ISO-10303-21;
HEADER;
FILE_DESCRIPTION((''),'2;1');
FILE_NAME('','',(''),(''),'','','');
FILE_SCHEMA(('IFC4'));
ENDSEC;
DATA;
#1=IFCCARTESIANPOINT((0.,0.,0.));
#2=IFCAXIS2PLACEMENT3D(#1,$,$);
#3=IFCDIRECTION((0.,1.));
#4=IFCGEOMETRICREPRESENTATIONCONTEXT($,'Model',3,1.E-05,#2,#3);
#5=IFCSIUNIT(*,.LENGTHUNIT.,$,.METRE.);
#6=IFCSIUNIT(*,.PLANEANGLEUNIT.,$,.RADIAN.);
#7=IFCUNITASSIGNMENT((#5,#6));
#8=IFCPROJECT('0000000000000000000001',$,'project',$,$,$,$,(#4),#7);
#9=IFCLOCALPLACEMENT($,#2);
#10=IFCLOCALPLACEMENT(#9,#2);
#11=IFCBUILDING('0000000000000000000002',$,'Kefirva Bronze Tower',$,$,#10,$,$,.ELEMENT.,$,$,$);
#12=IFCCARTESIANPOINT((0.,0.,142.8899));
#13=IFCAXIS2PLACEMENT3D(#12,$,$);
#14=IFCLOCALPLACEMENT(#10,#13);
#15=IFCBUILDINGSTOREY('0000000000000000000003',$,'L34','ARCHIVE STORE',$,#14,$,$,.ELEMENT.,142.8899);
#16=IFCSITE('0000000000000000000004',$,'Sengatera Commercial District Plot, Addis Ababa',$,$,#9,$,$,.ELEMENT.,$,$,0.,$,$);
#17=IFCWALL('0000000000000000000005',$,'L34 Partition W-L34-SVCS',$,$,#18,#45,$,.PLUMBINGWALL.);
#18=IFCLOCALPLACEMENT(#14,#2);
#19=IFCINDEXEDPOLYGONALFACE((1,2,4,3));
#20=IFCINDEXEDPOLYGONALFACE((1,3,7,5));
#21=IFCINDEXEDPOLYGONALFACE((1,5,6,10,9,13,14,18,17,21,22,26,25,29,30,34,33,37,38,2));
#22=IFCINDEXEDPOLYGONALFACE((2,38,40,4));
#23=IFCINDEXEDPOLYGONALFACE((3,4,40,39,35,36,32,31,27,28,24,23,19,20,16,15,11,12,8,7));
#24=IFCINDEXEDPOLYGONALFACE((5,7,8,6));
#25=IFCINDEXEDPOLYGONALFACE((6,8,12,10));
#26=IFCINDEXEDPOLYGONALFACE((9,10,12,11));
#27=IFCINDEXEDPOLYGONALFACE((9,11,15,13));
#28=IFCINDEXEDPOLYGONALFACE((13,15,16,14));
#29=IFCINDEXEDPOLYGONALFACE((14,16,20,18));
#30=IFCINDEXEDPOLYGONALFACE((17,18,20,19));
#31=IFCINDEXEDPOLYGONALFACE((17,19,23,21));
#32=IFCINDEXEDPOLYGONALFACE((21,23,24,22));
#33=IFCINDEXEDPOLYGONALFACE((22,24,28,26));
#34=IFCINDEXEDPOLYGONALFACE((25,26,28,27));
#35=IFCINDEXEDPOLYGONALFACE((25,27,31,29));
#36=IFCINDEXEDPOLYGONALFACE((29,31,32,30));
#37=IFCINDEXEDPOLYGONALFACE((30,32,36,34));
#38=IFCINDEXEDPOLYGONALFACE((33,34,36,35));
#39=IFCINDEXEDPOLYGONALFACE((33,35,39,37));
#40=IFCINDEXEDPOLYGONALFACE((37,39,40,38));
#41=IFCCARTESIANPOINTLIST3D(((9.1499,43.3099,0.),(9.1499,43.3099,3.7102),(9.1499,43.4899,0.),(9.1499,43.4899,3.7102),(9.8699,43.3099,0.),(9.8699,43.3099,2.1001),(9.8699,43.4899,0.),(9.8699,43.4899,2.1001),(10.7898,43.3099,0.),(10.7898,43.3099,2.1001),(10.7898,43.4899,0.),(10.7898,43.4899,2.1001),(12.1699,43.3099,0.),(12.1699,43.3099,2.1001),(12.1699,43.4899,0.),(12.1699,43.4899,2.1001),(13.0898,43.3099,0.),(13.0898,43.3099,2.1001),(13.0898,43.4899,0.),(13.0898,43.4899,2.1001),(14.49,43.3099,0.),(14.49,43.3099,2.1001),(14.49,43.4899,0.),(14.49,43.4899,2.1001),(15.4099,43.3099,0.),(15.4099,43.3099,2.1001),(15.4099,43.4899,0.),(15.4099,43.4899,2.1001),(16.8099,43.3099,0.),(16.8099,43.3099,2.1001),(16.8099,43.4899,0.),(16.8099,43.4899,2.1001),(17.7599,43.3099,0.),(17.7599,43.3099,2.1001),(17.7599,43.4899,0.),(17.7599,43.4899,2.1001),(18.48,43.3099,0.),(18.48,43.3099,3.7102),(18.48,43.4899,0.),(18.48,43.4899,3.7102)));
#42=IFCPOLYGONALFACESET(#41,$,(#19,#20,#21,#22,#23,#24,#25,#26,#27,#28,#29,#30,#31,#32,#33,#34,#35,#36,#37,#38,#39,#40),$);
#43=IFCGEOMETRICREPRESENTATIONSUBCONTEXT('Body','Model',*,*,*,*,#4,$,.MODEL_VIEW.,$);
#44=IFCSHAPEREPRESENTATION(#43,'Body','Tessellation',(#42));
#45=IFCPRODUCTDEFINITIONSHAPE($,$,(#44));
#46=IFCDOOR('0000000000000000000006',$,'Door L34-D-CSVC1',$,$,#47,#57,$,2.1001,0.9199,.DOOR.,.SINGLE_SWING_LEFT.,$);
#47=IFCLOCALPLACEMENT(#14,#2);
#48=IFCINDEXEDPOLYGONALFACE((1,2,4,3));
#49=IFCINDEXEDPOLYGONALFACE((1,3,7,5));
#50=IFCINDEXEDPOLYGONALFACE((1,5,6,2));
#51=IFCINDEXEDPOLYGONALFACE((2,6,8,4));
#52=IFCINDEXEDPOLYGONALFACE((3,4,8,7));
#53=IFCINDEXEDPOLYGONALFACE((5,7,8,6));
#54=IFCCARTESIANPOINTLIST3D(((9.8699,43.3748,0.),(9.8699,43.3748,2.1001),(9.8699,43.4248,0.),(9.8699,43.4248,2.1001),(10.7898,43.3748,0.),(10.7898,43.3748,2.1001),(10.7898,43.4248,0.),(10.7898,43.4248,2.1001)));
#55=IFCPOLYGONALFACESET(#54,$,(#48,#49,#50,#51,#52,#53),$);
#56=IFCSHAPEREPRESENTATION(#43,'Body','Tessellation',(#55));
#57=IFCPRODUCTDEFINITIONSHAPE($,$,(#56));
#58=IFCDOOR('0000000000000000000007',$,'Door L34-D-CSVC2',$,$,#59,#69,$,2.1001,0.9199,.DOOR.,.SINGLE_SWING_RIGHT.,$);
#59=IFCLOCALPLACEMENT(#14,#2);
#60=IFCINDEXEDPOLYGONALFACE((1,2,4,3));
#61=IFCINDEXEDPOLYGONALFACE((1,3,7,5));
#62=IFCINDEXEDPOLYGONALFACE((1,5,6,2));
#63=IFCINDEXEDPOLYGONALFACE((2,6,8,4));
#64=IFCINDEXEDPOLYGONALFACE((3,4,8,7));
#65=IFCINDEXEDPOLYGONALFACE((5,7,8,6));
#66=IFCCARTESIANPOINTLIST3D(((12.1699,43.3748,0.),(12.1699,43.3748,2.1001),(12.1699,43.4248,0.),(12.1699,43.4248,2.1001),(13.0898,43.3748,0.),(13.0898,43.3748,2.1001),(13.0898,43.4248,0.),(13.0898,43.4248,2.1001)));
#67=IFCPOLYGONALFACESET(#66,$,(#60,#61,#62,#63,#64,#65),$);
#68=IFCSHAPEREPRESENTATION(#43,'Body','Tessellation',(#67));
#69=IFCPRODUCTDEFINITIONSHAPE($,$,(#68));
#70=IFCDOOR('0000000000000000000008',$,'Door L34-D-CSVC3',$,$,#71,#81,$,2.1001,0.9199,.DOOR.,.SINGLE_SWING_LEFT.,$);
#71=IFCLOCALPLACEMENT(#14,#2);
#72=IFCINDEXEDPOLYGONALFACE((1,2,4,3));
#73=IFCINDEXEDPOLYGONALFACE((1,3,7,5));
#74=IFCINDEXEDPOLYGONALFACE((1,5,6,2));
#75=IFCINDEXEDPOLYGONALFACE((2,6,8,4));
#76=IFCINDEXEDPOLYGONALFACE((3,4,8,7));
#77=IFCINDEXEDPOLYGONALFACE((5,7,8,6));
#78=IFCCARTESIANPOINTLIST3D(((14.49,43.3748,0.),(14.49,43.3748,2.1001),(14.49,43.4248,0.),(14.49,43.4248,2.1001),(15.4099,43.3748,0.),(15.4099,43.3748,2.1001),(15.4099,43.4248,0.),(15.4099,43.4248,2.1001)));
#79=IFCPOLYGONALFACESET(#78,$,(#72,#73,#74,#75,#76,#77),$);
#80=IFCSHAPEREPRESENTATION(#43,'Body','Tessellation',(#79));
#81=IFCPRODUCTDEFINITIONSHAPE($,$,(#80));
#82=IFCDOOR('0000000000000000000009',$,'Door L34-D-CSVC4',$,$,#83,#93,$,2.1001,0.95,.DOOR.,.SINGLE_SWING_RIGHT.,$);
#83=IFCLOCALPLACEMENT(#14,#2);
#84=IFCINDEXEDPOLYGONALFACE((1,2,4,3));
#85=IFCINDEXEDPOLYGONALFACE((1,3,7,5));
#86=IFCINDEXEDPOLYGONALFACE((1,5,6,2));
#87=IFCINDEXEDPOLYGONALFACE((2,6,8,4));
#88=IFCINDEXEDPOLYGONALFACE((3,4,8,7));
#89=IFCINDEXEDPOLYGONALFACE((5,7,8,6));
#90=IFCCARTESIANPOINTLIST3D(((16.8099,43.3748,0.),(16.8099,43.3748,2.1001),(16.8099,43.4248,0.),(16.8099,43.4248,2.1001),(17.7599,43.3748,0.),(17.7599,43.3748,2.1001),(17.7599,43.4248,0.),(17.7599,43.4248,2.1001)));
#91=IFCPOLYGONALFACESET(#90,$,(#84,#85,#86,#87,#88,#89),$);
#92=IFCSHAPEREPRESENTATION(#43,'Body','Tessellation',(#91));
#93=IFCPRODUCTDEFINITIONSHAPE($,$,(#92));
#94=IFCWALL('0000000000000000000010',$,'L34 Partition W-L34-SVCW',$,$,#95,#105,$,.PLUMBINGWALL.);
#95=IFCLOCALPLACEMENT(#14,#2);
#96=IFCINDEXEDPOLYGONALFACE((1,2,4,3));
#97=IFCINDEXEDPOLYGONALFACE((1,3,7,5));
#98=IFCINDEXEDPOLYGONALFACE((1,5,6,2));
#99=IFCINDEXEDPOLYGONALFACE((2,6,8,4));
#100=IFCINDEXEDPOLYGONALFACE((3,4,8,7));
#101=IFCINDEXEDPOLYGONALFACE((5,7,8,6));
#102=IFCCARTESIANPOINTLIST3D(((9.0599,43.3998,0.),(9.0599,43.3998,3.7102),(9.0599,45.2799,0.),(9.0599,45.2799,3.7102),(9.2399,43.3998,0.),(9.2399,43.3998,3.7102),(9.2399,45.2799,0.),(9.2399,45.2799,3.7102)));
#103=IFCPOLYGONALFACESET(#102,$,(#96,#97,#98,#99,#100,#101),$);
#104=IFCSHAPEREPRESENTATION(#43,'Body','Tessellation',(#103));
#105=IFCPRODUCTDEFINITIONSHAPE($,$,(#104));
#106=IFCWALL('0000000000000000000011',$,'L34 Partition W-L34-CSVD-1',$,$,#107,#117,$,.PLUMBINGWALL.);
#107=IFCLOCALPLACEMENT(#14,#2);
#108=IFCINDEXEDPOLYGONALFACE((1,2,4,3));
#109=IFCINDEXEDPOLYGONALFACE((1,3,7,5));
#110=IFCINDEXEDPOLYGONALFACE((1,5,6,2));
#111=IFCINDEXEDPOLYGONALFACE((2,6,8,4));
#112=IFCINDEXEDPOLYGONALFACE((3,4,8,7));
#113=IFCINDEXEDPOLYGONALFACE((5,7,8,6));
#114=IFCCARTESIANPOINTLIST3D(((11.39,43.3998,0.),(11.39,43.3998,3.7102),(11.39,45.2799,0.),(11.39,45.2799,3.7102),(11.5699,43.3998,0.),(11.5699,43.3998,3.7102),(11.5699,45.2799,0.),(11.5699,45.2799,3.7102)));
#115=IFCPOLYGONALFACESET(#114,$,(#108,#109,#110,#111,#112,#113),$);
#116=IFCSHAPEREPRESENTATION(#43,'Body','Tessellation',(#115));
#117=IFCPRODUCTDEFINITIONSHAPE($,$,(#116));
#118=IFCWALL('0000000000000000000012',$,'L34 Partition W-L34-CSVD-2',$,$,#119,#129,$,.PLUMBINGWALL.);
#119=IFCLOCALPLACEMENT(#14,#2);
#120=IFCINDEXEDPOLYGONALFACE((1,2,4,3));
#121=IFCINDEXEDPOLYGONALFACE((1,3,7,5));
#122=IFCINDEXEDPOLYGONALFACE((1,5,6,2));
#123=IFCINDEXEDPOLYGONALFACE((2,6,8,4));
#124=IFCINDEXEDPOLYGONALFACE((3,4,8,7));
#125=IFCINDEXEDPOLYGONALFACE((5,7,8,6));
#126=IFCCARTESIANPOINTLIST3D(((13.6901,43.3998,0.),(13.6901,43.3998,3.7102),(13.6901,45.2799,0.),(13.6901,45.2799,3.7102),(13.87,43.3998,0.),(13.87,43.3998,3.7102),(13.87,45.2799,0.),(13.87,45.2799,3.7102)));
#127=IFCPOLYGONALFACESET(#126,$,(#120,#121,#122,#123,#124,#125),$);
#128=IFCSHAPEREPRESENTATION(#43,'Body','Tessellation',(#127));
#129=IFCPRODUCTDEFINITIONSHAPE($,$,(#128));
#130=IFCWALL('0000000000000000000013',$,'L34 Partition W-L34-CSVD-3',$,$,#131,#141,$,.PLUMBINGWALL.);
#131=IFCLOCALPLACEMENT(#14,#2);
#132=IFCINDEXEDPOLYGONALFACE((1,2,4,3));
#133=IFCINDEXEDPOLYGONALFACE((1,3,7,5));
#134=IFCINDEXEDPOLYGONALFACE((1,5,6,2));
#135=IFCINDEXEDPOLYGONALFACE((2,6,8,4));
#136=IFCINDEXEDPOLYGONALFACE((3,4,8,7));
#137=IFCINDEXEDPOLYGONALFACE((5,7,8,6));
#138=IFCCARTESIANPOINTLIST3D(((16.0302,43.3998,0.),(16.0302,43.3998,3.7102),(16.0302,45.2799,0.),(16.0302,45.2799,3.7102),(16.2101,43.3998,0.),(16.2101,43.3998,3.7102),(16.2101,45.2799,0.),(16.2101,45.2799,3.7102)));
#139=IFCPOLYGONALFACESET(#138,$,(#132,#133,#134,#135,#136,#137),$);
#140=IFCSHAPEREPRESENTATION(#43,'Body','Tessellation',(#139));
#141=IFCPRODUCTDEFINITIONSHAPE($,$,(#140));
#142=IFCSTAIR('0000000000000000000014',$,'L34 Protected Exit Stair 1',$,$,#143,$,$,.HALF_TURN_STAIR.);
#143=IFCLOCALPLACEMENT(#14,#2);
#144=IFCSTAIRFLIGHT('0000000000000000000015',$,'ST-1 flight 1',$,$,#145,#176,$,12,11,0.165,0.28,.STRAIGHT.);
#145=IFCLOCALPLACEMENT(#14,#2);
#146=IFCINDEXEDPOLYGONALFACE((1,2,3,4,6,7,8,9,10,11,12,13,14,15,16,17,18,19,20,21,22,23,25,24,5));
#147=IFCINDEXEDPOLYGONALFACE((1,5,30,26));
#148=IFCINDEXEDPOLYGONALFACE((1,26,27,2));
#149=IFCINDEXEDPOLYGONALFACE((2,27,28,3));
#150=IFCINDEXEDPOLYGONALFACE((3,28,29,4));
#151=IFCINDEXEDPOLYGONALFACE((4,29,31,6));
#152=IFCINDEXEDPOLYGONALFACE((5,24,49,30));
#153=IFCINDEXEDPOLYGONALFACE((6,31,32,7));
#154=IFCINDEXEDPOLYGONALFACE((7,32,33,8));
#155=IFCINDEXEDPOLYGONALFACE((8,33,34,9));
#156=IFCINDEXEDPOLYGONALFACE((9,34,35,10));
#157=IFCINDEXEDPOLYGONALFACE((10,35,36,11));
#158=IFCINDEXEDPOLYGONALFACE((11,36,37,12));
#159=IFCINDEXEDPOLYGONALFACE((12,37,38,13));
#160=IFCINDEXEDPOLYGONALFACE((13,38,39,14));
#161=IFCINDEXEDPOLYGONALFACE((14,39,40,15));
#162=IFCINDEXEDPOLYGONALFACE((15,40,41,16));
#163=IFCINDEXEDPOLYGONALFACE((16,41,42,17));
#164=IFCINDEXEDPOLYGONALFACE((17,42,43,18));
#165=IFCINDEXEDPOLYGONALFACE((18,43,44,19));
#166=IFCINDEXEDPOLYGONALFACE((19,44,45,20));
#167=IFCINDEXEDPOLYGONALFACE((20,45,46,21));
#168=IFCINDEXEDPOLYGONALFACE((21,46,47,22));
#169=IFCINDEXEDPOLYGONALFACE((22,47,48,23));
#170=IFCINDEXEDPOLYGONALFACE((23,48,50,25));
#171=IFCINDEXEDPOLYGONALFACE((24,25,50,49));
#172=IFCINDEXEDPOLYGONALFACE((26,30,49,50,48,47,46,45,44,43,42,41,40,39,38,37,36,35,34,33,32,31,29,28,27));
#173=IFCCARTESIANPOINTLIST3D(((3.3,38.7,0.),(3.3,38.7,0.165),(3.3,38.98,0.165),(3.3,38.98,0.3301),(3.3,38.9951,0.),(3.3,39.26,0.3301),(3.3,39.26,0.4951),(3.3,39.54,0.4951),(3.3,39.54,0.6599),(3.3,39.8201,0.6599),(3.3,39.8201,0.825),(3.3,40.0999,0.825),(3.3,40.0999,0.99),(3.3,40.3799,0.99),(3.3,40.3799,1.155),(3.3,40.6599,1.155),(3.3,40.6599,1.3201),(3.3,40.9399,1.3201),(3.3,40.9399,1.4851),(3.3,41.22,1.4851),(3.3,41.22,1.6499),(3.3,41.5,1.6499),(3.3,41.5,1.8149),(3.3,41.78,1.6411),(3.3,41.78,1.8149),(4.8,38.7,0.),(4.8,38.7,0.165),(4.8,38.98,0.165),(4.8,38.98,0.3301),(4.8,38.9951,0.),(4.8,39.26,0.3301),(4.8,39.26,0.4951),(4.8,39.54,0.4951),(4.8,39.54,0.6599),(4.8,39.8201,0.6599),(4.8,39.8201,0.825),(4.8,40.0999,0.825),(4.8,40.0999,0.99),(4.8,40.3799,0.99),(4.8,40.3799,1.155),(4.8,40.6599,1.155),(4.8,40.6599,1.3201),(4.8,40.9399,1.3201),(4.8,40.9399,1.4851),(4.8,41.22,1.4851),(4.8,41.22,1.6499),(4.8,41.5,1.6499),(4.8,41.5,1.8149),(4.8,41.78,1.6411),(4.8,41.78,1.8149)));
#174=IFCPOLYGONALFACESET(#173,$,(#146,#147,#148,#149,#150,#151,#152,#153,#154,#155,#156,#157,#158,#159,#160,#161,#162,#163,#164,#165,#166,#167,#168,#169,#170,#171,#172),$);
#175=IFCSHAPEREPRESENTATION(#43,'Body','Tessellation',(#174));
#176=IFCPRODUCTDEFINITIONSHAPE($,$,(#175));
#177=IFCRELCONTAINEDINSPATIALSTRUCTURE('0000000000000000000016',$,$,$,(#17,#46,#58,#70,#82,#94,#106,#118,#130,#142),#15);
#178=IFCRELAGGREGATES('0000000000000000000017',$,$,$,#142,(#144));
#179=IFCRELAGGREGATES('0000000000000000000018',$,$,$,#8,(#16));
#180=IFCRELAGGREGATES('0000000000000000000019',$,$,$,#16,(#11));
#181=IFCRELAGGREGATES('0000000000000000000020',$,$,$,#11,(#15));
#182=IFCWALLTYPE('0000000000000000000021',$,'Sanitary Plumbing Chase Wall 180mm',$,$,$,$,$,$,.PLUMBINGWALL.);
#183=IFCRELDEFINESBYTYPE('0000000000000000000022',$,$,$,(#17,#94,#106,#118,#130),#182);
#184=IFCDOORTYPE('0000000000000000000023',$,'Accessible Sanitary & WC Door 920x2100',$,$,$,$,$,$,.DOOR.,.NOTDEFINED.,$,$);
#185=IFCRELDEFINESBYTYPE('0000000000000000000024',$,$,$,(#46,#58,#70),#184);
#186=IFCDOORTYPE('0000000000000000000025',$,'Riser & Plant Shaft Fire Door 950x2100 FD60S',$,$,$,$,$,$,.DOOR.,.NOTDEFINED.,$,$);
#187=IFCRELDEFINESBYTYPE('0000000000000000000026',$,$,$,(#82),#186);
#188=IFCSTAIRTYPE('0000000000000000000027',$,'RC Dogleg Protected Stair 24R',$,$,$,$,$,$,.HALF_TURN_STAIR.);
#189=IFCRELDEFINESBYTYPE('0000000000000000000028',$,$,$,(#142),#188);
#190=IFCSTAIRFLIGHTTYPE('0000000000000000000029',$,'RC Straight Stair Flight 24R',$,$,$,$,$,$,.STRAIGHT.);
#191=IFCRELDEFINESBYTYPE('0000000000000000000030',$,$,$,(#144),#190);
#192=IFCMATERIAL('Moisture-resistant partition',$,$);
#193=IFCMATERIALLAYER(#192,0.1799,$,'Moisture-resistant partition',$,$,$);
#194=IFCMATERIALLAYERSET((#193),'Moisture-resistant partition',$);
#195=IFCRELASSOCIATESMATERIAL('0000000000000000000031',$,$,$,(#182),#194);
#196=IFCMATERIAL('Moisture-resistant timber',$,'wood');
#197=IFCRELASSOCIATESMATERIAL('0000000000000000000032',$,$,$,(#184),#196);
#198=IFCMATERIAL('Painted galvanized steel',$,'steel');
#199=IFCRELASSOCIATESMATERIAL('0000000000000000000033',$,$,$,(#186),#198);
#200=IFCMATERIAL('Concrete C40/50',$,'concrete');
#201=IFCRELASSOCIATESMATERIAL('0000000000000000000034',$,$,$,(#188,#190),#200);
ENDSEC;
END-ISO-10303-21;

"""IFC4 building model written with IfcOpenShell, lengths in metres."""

from ifc_helpers import new_model, si_unit, direction, frame, frame_2d, origin, place, context, subcontext, project, spatial, polyline, rectangle, outline, extrude, material, layer, layer_set, type_object, element, fill, aggregate, save


model = new_model("IFC4")

# Units and contexts
model_context = context("Model", 3, precision=1e-05, world=origin(), true_north=direction((0.0, 1.0)))
body_context = subcontext(model_context, "Body", "Model", "MODEL_VIEW")
ifc_project = project(units=[si_unit("LENGTHUNIT", "METRE"), si_unit("PLANEANGLEUNIT", "RADIAN")], contexts=[model_context])

# Site, building, storey
site_placement = place(None, origin())
site = spatial("IfcSite", under=ifc_project, at=site_placement, Name="Sengatera Commercial District Plot, Addis Ababa", CompositionType="ELEMENT", RefElevation=0.0)
building_placement = place(site_placement, origin())
building = spatial("IfcBuilding", under=site, at=building_placement, Name="Kefirva Bronze Tower", CompositionType="ELEMENT")
storey_placement = place(building_placement, frame((0.0, 0.0, 142.8899)))
storey = spatial("IfcBuildingStorey", under=building, at=storey_placement, Name="L34", Description="ARCHIVE STORE", CompositionType="ELEMENT", Elevation=142.8899)

# Wall, openings, doors
ifc_material_1 = material(Name="Moisture-resistant partition")
ifc_layer_1 = layer(ifc_material_1, 0.1799, Name="Moisture-resistant partition")
ifc_layer_set_1 = layer_set([ifc_layer_1], Name="Moisture-resistant partition")
wall_type_1 = type_object("IfcWallType", Name="Sanitary Plumbing Chase Wall 180mm", PredefinedType="PLUMBINGWALL", material=ifc_layer_set_1)
wall_1_placement = place(storey_placement, frame((9.1499, 43.3999, 0.0), z_axis=(0.0, 0.0, 1.0), x_axis=(1.0, 0.0, 0.0)))
wall_1 = element("IfcWall", 1, at=wall_1_placement, inside=storey, type_object=wall_type_1, Name="L34 Partition W-L34-SVCS", PredefinedType="PLUMBINGWALL", context=body_context, shape_type="SweptSolid", body=[
    extrude(rectangle(XDim=9.3301, YDim=0.1799, at=frame_2d((4.665, 0.0))), origin(), (0.0, 0.0, 1.0), 3.7102),
])
opening_1_placement = place(wall_1_placement, frame((0.72, 0.0, 0.0)))
opening_1 = element("IfcOpeningElement", 2, at=opening_1_placement, cuts=wall_1, PredefinedType="OPENING", context=body_context, shape_type="SweptSolid", body=[
    extrude(rectangle(XDim=0.9199, YDim=2.1001, at=frame_2d((0.46, 1.05))), frame((0.0, 0.1001, 0.0), z_axis=(0.0, -1.0, 0.0), x_axis=(1.0, 0.0, 0.0)), (0.0, 0.0, 1.0), 0.2),
])
opening_2_placement = place(wall_1_placement, frame((3.02, 0.0, 0.0)))
opening_2 = element("IfcOpeningElement", 3, at=opening_2_placement, cuts=wall_1, PredefinedType="OPENING", context=body_context, shape_type="SweptSolid", body=[
    extrude(rectangle(XDim=0.9199, YDim=2.1001, at=frame_2d((0.46, 1.05))), frame((0.0, 0.1001, 0.0), z_axis=(0.0, -1.0, 0.0), x_axis=(1.0, 0.0, 0.0)), (0.0, 0.0, 1.0), 0.2),
])
opening_3_placement = place(wall_1_placement, frame((5.3401, 0.0, 0.0)))
opening_3 = element("IfcOpeningElement", 4, at=opening_3_placement, cuts=wall_1, PredefinedType="OPENING", context=body_context, shape_type="SweptSolid", body=[
    extrude(rectangle(XDim=0.9199, YDim=2.1001, at=frame_2d((0.46, 1.05))), frame((0.0, 0.1001, 0.0), z_axis=(0.0, -1.0, 0.0), x_axis=(1.0, 0.0, 0.0)), (0.0, 0.0, 1.0), 0.2),
])
opening_4_placement = place(wall_1_placement, frame((7.6599, 0.0, 0.0)))
opening_4 = element("IfcOpeningElement", 5, at=opening_4_placement, cuts=wall_1, PredefinedType="OPENING", context=body_context, shape_type="SweptSolid", body=[
    extrude(rectangle(XDim=0.95, YDim=2.1001, at=frame_2d((0.4751, 1.05))), frame((0.0, 0.1001, 0.0), z_axis=(0.0, -1.0, 0.0), x_axis=(1.0, 0.0, 0.0)), (0.0, 0.0, 1.0), 0.2),
])
ifc_material_2 = material(Name="Moisture-resistant timber", Category="wood")
door_type_1 = type_object("IfcDoorType", Name="Accessible Sanitary & WC Door 920x2100", OperationType="NOTDEFINED", PredefinedType="DOOR", material=ifc_material_2)
door_1_placement = place(opening_1_placement, origin())
door_1 = element("IfcDoor", 6, at=door_1_placement, inside=storey, type_object=door_type_1, Name="Door L34-D-CSVC1", OperationType="SINGLE_SWING_LEFT", OverallHeight=2.1001, OverallWidth=0.9199, PredefinedType="DOOR", context=body_context, shape_type="SweptSolid", body=[
    extrude(rectangle(XDim=0.9199, YDim=2.1001, at=frame_2d((0.46, 1.05))), frame((0.0, 0.0249, 0.0), z_axis=(0.0, -1.0, 0.0), x_axis=(1.0, 0.0, 0.0)), (0.0, 0.0, 1.0), 0.05),
])
fill(opening_1, door_1)
door_2_placement = place(opening_2_placement, origin())
door_2 = element("IfcDoor", 7, at=door_2_placement, inside=storey, type_object=door_type_1, Name="Door L34-D-CSVC2", OperationType="SINGLE_SWING_RIGHT", OverallHeight=2.1001, OverallWidth=0.9199, PredefinedType="DOOR", context=body_context, shape_type="SweptSolid", body=[
    extrude(rectangle(XDim=0.9199, YDim=2.1001, at=frame_2d((0.46, 1.05))), frame((0.0, 0.0249, 0.0), z_axis=(0.0, -1.0, 0.0), x_axis=(1.0, 0.0, 0.0)), (0.0, 0.0, 1.0), 0.05),
])
fill(opening_2, door_2)
door_3_placement = place(opening_3_placement, origin())
door_3 = element("IfcDoor", 8, at=door_3_placement, inside=storey, type_object=door_type_1, Name="Door L34-D-CSVC3", OperationType="SINGLE_SWING_LEFT", OverallHeight=2.1001, OverallWidth=0.9199, PredefinedType="DOOR", context=body_context, shape_type="SweptSolid", body=[
    extrude(rectangle(XDim=0.9199, YDim=2.1001, at=frame_2d((0.46, 1.05))), frame((0.0, 0.0249, 0.0), z_axis=(0.0, -1.0, 0.0), x_axis=(1.0, 0.0, 0.0)), (0.0, 0.0, 1.0), 0.05),
])
fill(opening_3, door_3)
ifc_material_3 = material(Name="Painted galvanized steel", Category="steel")
door_type_2 = type_object("IfcDoorType", Name="Riser & Plant Shaft Fire Door 950x2100 FD60S", OperationType="NOTDEFINED", PredefinedType="DOOR", material=ifc_material_3)
door_4_placement = place(opening_4_placement, origin())
door_4 = element("IfcDoor", 9, at=door_4_placement, inside=storey, type_object=door_type_2, Name="Door L34-D-CSVC4", OperationType="SINGLE_SWING_RIGHT", OverallHeight=2.1001, OverallWidth=0.95, PredefinedType="DOOR", context=body_context, shape_type="SweptSolid", body=[
    extrude(rectangle(XDim=0.95, YDim=2.1001, at=frame_2d((0.4751, 1.05))), frame((0.0, 0.0249, 0.0), z_axis=(0.0, -1.0, 0.0), x_axis=(1.0, 0.0, 0.0)), (0.0, 0.0, 1.0), 0.05),
])
fill(opening_4, door_4)

# Walls
for number, where, z_axis, x_axis, name in (
    (10, (9.1499, 43.3999, 0.0), (0.0, 0.0, 1.0), (0.0, 1.0, 0.0), "L34 Partition W-L34-SVCW"),
    (11, (11.48, 43.3999, 0.0), (0.0, 0.0, 1.0), (0.0, 1.0, 0.0), "L34 Partition W-L34-CSVD-1"),
    (12, (13.78, 43.3999, 0.0), (0.0, 0.0, 1.0), (0.0, 1.0, 0.0), "L34 Partition W-L34-CSVD-2"),
    (13, (16.1201, 43.3999, 0.0), (0.0, 0.0, 1.0), (0.0, 1.0, 0.0), "L34 Partition W-L34-CSVD-3"),
):
    element("IfcWall", number, at=place(storey_placement, frame(where, z_axis=z_axis, x_axis=x_axis)), inside=storey, type_object=wall_type_1, Name=name, PredefinedType="PLUMBINGWALL", context=body_context, shape_type="SweptSolid", body=[
        extrude(rectangle(XDim=1.8801, YDim=0.1799, at=frame_2d((0.9399, 0.0))), origin(), (0.0, 0.0, 1.0), 3.7102),
    ])

# Stair, stair flight
ifc_material_4 = material(Name="Concrete C40/50", Category="concrete")
stair_type = type_object("IfcStairType", Name="RC Dogleg Protected Stair 24R", PredefinedType="HALF_TURN_STAIR", material=ifc_material_4)
stair_placement = place(storey_placement, origin())
stair = element("IfcStair", 14, at=stair_placement, inside=storey, type_object=stair_type, Name="L34 Protected Exit Stair 1", PredefinedType="HALF_TURN_STAIR")
stair_flight_type = type_object("IfcStairFlightType", Name="RC Straight Stair Flight 24R", PredefinedType="STRAIGHT", material=ifc_material_4)
stair_flight_placement = place(storey_placement, frame((4.05, 38.7, 0.0), z_axis=(0.0, 0.0, 1.0), x_axis=(0.0, 1.0, 0.0)))
stair_flight = element("IfcStairFlight", 15, at=stair_flight_placement, type_object=stair_flight_type, Name="ST-1 flight 1", NumberOfRisers=12, NumberOfTreads=11, PredefinedType="STRAIGHT", RiserHeight=0.165, TreadLength=0.28, context=body_context, shape_type="SweptSolid", body=[
    extrude(outline(polyline([(0.0, 0.0), (0.0, 0.165), (0.28, 0.165), (0.28, 0.3301), (0.5601, 0.3301), (0.5601, 0.4951), (0.8401, 0.4951), (0.8401, 0.6599), (1.1201, 0.6599), (1.1201, 0.825), (1.3999, 0.825), (1.3999, 0.99), (1.6799, 0.99), (1.6799, 1.155), (1.96, 1.155), (1.96, 1.3201), (2.24, 1.3201), (2.24, 1.4851), (2.52, 1.4851), (2.52, 1.6499), (2.8, 1.6499), (2.8, 1.8149), (3.0801, 1.8149), (3.0801, 1.98), (3.0801, 1.6411), (0.2952, 0.0), (0.0, 0.0)])), frame((0.0, 0.75, 0.0), z_axis=(0.0, -1.0, 0.0), x_axis=(1.0, 0.0, 0.0)), (0.0, 0.0, 1.0), 1.5),
])
aggregate(stair, [stair_flight])

save(model, "model.ifc")
